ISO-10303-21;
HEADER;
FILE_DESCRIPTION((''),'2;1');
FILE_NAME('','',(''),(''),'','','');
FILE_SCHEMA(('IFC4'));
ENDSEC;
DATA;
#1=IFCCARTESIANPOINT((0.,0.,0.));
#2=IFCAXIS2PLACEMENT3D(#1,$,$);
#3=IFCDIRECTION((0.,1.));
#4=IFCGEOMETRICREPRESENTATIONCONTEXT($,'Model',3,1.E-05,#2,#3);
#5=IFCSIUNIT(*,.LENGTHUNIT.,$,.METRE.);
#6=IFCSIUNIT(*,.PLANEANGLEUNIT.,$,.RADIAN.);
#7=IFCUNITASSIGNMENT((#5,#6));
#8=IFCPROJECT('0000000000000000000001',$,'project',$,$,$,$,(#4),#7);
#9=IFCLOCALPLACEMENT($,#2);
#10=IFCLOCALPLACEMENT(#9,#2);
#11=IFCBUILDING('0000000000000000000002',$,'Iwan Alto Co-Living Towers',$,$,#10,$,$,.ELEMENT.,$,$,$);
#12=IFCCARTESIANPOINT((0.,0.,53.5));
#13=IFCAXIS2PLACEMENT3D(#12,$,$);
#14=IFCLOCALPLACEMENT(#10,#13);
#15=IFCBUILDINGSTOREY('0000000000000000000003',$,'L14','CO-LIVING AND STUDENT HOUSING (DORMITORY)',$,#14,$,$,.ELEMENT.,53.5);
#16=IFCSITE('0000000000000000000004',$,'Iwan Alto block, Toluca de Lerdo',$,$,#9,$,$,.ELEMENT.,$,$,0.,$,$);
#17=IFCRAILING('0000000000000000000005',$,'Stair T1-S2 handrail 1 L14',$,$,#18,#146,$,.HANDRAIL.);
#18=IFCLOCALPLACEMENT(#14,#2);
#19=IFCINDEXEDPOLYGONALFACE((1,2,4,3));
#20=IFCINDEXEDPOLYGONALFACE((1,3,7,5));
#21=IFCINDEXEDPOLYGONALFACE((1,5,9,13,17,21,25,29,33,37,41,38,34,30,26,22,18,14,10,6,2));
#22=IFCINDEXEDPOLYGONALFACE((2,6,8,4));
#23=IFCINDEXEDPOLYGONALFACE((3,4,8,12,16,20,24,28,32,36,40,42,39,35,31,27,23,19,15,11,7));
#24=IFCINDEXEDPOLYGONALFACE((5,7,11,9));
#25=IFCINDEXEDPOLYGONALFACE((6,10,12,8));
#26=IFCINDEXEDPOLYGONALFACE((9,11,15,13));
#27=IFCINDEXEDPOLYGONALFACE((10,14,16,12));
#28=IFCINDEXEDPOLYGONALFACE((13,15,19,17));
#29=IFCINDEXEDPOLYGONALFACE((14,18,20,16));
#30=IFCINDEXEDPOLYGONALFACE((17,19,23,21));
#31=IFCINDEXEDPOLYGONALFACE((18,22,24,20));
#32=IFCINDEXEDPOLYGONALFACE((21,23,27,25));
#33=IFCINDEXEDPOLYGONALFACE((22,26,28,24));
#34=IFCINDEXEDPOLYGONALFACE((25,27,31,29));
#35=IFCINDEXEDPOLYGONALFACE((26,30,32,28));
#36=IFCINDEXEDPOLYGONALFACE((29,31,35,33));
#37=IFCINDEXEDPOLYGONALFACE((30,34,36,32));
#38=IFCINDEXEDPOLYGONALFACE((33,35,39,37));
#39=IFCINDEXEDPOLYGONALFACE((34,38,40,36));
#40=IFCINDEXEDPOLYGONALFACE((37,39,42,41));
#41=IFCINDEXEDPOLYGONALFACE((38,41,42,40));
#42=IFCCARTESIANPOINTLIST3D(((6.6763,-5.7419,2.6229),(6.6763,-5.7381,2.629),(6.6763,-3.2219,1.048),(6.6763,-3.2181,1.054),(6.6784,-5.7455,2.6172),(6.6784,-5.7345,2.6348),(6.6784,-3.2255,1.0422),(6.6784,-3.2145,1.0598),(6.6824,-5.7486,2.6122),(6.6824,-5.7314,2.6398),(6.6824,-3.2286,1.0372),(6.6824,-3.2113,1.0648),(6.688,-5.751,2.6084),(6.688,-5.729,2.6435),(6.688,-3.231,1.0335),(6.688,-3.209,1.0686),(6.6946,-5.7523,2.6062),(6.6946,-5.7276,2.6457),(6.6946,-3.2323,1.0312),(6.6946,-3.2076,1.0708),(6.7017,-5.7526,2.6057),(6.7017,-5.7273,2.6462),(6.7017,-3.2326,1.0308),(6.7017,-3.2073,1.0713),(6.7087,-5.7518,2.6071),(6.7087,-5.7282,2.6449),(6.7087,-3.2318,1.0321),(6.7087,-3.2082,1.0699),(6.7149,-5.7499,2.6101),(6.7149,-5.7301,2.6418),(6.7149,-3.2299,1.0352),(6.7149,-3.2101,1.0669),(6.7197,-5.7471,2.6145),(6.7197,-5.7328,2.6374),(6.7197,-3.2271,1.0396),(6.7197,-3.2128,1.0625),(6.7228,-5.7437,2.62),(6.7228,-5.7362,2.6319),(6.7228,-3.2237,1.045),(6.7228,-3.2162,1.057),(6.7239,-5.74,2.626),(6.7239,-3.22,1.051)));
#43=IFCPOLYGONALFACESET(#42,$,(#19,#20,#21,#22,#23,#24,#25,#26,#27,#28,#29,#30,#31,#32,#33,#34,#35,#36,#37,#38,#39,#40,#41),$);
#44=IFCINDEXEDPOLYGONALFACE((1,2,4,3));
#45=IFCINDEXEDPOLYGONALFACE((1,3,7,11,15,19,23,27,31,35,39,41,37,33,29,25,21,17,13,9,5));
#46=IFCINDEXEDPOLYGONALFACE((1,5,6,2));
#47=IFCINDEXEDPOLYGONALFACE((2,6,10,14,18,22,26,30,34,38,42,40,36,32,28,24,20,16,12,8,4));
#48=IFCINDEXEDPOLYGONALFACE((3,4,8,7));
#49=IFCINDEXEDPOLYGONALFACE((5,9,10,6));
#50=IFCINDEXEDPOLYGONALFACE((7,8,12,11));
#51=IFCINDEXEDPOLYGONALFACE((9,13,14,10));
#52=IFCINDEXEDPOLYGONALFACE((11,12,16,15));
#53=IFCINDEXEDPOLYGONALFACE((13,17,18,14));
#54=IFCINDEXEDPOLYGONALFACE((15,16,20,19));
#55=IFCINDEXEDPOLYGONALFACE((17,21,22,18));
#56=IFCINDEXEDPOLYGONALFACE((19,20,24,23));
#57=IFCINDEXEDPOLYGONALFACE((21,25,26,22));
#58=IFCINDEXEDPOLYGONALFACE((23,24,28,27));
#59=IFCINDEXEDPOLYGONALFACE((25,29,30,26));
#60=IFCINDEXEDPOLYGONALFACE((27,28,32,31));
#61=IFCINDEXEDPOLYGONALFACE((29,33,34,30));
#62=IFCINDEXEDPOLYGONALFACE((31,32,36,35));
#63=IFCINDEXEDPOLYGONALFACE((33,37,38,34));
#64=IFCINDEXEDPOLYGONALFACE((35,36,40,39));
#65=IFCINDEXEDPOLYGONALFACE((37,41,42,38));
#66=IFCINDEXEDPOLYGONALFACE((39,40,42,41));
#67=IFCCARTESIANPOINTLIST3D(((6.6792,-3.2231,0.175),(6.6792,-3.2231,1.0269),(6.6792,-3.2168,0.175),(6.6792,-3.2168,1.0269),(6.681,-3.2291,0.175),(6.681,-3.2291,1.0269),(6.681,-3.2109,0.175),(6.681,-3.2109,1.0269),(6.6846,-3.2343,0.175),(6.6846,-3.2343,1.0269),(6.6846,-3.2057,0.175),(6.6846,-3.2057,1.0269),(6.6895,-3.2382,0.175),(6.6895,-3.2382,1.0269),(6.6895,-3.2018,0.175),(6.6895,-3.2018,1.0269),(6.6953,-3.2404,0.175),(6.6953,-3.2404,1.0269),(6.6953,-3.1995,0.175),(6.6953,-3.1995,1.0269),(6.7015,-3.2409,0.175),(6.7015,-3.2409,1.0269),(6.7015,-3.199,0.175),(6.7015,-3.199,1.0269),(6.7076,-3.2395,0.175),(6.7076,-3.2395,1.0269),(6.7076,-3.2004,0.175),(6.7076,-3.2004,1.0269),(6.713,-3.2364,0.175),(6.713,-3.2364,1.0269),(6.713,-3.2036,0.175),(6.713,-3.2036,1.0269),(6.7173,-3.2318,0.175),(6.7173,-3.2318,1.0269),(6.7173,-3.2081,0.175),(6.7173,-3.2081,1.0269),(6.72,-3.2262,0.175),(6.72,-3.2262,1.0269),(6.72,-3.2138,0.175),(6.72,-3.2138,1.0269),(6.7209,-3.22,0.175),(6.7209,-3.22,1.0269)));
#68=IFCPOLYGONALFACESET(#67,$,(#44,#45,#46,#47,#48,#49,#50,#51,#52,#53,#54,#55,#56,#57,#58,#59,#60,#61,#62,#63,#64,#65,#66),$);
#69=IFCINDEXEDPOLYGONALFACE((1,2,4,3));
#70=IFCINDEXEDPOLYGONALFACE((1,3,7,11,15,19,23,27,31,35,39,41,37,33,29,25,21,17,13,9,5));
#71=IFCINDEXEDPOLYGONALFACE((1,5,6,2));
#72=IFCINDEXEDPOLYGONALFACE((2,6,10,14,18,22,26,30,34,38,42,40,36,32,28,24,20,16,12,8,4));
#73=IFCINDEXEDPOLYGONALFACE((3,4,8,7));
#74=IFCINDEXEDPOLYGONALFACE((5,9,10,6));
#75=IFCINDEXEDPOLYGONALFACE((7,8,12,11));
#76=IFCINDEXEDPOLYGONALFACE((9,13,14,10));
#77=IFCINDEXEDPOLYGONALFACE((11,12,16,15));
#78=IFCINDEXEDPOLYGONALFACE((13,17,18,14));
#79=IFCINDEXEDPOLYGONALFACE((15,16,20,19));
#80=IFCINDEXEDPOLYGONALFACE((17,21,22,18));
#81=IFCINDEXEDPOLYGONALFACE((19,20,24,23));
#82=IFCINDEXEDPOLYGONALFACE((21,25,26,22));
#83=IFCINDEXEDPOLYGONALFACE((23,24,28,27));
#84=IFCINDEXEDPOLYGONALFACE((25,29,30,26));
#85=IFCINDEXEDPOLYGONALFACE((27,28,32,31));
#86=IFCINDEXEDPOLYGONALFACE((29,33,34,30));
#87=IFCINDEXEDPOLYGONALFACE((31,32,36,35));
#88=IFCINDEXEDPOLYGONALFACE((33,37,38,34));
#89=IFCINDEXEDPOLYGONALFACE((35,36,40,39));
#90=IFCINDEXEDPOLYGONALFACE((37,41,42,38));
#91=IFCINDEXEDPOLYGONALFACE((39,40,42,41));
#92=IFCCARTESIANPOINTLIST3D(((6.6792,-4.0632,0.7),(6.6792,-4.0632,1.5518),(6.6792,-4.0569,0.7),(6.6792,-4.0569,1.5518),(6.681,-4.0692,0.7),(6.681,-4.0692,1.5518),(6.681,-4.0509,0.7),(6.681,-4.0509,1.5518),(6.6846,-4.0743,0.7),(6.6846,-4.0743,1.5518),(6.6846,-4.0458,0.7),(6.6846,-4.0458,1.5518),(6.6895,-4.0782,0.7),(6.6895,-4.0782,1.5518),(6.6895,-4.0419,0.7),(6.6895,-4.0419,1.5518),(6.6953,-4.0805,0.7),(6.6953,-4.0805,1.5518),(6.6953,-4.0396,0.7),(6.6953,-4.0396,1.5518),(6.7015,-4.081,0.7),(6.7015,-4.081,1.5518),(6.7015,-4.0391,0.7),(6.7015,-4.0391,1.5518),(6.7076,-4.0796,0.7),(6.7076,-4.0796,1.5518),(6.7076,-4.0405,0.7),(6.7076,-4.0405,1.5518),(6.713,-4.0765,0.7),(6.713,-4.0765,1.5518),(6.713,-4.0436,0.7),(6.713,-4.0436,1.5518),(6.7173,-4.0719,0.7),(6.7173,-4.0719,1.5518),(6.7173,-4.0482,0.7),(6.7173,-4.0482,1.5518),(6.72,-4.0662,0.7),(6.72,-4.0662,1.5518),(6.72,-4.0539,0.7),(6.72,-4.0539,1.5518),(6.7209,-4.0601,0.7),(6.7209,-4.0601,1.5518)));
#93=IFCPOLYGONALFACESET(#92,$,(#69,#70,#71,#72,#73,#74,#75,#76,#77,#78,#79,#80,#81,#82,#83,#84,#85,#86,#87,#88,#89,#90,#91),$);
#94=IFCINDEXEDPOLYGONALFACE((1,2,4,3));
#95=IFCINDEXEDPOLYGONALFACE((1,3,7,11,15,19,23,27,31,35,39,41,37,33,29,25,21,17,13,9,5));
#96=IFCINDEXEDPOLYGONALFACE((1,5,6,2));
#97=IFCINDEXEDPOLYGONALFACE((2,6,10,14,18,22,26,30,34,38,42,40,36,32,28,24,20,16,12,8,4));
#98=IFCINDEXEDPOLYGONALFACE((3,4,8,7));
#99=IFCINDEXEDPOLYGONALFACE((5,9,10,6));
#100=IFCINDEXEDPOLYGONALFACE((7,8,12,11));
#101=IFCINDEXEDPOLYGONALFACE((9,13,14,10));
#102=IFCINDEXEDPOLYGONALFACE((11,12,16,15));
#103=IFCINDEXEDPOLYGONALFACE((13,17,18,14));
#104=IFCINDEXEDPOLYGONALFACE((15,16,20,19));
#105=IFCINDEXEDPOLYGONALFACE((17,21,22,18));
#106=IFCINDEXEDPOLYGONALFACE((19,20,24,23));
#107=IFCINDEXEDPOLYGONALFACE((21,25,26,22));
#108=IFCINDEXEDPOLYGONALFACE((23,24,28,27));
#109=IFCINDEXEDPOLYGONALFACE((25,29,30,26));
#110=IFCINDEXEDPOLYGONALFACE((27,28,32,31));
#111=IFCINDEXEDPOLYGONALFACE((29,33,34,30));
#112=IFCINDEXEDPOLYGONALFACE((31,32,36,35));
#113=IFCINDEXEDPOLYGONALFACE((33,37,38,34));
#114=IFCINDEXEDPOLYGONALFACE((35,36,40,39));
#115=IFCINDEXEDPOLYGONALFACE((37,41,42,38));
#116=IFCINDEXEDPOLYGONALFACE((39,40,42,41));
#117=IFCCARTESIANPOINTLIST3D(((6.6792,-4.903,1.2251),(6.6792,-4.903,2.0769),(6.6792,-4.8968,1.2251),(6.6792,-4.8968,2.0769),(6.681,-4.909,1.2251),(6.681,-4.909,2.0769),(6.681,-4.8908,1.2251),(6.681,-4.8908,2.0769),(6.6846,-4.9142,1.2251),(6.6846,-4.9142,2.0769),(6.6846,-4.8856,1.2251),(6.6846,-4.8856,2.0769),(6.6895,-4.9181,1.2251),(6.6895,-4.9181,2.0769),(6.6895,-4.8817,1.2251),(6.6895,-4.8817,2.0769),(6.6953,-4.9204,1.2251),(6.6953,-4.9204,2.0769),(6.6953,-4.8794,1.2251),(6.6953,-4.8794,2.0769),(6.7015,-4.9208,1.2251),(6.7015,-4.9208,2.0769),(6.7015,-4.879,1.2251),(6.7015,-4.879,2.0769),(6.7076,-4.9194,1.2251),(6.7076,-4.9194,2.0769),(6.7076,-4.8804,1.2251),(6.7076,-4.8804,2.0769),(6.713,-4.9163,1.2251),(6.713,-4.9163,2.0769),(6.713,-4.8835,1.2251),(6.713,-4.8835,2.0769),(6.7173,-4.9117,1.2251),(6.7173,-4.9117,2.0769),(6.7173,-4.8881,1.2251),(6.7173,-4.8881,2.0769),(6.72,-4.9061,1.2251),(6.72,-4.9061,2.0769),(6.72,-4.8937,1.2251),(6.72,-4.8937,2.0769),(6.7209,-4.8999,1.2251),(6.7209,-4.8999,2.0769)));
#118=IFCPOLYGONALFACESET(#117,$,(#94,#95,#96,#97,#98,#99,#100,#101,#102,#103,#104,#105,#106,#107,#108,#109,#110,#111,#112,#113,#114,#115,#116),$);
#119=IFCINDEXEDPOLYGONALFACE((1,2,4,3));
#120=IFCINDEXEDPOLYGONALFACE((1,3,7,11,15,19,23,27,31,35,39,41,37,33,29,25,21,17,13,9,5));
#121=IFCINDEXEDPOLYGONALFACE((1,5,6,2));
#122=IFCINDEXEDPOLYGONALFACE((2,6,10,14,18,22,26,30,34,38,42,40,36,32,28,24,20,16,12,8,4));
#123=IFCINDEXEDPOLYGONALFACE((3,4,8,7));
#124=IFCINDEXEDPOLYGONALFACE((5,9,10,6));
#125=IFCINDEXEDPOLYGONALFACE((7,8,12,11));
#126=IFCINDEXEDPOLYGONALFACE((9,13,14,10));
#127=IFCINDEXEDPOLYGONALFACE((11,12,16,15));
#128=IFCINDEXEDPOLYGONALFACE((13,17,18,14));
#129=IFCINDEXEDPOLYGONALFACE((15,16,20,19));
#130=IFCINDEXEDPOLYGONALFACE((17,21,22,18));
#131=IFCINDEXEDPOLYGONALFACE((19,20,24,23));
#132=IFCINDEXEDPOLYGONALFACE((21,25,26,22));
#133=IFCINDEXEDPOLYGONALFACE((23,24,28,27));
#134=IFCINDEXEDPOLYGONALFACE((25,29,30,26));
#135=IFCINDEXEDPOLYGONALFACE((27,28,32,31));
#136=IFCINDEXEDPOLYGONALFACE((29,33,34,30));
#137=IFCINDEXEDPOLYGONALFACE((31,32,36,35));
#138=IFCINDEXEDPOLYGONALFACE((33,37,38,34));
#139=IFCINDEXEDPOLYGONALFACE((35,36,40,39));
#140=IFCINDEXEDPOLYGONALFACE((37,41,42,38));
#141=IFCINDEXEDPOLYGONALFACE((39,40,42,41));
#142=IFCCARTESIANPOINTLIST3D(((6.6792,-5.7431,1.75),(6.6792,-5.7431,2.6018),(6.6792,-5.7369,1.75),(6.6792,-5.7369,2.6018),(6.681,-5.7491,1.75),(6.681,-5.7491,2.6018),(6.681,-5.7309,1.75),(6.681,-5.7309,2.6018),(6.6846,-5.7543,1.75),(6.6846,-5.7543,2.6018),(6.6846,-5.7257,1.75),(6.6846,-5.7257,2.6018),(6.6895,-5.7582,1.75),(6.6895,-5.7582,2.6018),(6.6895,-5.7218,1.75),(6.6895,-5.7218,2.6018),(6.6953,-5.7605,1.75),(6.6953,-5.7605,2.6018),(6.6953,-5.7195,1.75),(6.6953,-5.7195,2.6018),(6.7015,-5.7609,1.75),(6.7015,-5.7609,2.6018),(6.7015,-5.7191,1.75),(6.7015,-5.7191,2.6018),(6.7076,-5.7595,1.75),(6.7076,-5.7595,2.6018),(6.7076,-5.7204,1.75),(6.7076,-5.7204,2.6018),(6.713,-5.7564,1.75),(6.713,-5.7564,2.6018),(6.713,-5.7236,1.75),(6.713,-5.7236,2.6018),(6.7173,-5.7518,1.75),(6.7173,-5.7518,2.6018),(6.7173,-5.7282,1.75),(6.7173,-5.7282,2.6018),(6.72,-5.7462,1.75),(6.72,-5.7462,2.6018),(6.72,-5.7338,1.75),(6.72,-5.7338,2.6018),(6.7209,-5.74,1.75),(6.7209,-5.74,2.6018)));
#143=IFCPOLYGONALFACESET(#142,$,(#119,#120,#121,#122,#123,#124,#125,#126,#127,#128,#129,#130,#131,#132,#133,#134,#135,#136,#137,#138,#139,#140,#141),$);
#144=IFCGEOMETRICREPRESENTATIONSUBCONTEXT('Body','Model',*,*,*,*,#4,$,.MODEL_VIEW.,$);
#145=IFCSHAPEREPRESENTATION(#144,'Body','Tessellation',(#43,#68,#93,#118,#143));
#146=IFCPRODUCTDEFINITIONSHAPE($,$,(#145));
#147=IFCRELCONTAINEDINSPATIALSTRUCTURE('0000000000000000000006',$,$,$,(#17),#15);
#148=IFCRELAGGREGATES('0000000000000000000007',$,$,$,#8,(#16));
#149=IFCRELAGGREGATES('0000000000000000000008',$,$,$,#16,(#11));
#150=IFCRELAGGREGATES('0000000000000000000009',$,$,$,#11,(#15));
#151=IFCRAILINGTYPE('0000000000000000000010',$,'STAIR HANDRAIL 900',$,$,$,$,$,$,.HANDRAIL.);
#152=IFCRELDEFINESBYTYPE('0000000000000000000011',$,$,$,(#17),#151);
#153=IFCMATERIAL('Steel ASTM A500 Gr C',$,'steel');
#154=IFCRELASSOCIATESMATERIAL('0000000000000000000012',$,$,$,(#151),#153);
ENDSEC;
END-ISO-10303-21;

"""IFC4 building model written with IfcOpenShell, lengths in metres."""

from ifc_helpers import new_model, si_unit, direction, frame, origin, origin_2d, place, context, subcontext, project, spatial, circle, extrude, material, type_object, element, save


model = new_model("IFC4")

# Units and contexts
model_context = context("Model", 3, precision=1e-05, world=origin(), true_north=direction((0.0, 1.0)))
body_context = subcontext(model_context, "Body", "Model", "MODEL_VIEW")
ifc_project = project(units=[si_unit("LENGTHUNIT", "METRE"), si_unit("PLANEANGLEUNIT", "RADIAN")], contexts=[model_context])

# Site, building, storey
site_placement = place(None, origin())
site = spatial("IfcSite", under=ifc_project, at=site_placement, Name="Iwan Alto block, Toluca de Lerdo", CompositionType="ELEMENT", RefElevation=0.0)
building_placement = place(site_placement, origin())
building = spatial("IfcBuilding", under=site, at=building_placement, Name="Iwan Alto Co-Living Towers", CompositionType="ELEMENT")
storey_placement = place(building_placement, frame((0.0, 0.0, 53.5)))
storey = spatial("IfcBuildingStorey", under=building, at=storey_placement, Name="L14", Description="CO-LIVING AND STUDENT HOUSING (DORMITORY)", CompositionType="ELEMENT", Elevation=53.5)

# Railing
ifc_material_1 = material(Name="Steel ASTM A500 Gr C", Category="steel")
railing_type_1 = type_object("IfcRailingType", Name="STAIR HANDRAIL 900", PredefinedType="HANDRAIL", material=ifc_material_1)
railing_1_placement = place(storey_placement, frame((6.7, -3.22, 0.175)))
element("IfcRailing", 1, at=railing_1_placement, inside=storey, type_object=railing_type_1, Name="Stair T1-S2 handrail 1 L14", PredefinedType="HANDRAIL", context=body_context, shape_type="SweptSolid", body=[
    extrude(circle(Radius=0.0239, at=origin_2d()), frame((0.0, 0.0, 0.876), z_axis=(0.0, -0.848008, 0.529984), x_axis=(1.0, 0.0, 0.0)), (0.0, 0.0, 1.0), 2.9717),
    extrude(circle(Radius=0.021, at=origin_2d()), origin(), (0.0, 0.0, 1.0), 0.8518),
    extrude(circle(Radius=0.021, at=origin_2d()), frame((0.0, -0.8401, 0.5249)), (0.0, 0.0, 1.0), 0.8518),
    extrude(circle(Radius=0.021, at=origin_2d()), frame((0.0, -1.6799, 1.05)), (0.0, 0.0, 1.0), 0.8518),
    extrude(circle(Radius=0.021, at=origin_2d()), frame((0.0, -2.52, 1.575)), (0.0, 0.0, 1.0), 0.8518),
])

save(model, "model.ifc")
